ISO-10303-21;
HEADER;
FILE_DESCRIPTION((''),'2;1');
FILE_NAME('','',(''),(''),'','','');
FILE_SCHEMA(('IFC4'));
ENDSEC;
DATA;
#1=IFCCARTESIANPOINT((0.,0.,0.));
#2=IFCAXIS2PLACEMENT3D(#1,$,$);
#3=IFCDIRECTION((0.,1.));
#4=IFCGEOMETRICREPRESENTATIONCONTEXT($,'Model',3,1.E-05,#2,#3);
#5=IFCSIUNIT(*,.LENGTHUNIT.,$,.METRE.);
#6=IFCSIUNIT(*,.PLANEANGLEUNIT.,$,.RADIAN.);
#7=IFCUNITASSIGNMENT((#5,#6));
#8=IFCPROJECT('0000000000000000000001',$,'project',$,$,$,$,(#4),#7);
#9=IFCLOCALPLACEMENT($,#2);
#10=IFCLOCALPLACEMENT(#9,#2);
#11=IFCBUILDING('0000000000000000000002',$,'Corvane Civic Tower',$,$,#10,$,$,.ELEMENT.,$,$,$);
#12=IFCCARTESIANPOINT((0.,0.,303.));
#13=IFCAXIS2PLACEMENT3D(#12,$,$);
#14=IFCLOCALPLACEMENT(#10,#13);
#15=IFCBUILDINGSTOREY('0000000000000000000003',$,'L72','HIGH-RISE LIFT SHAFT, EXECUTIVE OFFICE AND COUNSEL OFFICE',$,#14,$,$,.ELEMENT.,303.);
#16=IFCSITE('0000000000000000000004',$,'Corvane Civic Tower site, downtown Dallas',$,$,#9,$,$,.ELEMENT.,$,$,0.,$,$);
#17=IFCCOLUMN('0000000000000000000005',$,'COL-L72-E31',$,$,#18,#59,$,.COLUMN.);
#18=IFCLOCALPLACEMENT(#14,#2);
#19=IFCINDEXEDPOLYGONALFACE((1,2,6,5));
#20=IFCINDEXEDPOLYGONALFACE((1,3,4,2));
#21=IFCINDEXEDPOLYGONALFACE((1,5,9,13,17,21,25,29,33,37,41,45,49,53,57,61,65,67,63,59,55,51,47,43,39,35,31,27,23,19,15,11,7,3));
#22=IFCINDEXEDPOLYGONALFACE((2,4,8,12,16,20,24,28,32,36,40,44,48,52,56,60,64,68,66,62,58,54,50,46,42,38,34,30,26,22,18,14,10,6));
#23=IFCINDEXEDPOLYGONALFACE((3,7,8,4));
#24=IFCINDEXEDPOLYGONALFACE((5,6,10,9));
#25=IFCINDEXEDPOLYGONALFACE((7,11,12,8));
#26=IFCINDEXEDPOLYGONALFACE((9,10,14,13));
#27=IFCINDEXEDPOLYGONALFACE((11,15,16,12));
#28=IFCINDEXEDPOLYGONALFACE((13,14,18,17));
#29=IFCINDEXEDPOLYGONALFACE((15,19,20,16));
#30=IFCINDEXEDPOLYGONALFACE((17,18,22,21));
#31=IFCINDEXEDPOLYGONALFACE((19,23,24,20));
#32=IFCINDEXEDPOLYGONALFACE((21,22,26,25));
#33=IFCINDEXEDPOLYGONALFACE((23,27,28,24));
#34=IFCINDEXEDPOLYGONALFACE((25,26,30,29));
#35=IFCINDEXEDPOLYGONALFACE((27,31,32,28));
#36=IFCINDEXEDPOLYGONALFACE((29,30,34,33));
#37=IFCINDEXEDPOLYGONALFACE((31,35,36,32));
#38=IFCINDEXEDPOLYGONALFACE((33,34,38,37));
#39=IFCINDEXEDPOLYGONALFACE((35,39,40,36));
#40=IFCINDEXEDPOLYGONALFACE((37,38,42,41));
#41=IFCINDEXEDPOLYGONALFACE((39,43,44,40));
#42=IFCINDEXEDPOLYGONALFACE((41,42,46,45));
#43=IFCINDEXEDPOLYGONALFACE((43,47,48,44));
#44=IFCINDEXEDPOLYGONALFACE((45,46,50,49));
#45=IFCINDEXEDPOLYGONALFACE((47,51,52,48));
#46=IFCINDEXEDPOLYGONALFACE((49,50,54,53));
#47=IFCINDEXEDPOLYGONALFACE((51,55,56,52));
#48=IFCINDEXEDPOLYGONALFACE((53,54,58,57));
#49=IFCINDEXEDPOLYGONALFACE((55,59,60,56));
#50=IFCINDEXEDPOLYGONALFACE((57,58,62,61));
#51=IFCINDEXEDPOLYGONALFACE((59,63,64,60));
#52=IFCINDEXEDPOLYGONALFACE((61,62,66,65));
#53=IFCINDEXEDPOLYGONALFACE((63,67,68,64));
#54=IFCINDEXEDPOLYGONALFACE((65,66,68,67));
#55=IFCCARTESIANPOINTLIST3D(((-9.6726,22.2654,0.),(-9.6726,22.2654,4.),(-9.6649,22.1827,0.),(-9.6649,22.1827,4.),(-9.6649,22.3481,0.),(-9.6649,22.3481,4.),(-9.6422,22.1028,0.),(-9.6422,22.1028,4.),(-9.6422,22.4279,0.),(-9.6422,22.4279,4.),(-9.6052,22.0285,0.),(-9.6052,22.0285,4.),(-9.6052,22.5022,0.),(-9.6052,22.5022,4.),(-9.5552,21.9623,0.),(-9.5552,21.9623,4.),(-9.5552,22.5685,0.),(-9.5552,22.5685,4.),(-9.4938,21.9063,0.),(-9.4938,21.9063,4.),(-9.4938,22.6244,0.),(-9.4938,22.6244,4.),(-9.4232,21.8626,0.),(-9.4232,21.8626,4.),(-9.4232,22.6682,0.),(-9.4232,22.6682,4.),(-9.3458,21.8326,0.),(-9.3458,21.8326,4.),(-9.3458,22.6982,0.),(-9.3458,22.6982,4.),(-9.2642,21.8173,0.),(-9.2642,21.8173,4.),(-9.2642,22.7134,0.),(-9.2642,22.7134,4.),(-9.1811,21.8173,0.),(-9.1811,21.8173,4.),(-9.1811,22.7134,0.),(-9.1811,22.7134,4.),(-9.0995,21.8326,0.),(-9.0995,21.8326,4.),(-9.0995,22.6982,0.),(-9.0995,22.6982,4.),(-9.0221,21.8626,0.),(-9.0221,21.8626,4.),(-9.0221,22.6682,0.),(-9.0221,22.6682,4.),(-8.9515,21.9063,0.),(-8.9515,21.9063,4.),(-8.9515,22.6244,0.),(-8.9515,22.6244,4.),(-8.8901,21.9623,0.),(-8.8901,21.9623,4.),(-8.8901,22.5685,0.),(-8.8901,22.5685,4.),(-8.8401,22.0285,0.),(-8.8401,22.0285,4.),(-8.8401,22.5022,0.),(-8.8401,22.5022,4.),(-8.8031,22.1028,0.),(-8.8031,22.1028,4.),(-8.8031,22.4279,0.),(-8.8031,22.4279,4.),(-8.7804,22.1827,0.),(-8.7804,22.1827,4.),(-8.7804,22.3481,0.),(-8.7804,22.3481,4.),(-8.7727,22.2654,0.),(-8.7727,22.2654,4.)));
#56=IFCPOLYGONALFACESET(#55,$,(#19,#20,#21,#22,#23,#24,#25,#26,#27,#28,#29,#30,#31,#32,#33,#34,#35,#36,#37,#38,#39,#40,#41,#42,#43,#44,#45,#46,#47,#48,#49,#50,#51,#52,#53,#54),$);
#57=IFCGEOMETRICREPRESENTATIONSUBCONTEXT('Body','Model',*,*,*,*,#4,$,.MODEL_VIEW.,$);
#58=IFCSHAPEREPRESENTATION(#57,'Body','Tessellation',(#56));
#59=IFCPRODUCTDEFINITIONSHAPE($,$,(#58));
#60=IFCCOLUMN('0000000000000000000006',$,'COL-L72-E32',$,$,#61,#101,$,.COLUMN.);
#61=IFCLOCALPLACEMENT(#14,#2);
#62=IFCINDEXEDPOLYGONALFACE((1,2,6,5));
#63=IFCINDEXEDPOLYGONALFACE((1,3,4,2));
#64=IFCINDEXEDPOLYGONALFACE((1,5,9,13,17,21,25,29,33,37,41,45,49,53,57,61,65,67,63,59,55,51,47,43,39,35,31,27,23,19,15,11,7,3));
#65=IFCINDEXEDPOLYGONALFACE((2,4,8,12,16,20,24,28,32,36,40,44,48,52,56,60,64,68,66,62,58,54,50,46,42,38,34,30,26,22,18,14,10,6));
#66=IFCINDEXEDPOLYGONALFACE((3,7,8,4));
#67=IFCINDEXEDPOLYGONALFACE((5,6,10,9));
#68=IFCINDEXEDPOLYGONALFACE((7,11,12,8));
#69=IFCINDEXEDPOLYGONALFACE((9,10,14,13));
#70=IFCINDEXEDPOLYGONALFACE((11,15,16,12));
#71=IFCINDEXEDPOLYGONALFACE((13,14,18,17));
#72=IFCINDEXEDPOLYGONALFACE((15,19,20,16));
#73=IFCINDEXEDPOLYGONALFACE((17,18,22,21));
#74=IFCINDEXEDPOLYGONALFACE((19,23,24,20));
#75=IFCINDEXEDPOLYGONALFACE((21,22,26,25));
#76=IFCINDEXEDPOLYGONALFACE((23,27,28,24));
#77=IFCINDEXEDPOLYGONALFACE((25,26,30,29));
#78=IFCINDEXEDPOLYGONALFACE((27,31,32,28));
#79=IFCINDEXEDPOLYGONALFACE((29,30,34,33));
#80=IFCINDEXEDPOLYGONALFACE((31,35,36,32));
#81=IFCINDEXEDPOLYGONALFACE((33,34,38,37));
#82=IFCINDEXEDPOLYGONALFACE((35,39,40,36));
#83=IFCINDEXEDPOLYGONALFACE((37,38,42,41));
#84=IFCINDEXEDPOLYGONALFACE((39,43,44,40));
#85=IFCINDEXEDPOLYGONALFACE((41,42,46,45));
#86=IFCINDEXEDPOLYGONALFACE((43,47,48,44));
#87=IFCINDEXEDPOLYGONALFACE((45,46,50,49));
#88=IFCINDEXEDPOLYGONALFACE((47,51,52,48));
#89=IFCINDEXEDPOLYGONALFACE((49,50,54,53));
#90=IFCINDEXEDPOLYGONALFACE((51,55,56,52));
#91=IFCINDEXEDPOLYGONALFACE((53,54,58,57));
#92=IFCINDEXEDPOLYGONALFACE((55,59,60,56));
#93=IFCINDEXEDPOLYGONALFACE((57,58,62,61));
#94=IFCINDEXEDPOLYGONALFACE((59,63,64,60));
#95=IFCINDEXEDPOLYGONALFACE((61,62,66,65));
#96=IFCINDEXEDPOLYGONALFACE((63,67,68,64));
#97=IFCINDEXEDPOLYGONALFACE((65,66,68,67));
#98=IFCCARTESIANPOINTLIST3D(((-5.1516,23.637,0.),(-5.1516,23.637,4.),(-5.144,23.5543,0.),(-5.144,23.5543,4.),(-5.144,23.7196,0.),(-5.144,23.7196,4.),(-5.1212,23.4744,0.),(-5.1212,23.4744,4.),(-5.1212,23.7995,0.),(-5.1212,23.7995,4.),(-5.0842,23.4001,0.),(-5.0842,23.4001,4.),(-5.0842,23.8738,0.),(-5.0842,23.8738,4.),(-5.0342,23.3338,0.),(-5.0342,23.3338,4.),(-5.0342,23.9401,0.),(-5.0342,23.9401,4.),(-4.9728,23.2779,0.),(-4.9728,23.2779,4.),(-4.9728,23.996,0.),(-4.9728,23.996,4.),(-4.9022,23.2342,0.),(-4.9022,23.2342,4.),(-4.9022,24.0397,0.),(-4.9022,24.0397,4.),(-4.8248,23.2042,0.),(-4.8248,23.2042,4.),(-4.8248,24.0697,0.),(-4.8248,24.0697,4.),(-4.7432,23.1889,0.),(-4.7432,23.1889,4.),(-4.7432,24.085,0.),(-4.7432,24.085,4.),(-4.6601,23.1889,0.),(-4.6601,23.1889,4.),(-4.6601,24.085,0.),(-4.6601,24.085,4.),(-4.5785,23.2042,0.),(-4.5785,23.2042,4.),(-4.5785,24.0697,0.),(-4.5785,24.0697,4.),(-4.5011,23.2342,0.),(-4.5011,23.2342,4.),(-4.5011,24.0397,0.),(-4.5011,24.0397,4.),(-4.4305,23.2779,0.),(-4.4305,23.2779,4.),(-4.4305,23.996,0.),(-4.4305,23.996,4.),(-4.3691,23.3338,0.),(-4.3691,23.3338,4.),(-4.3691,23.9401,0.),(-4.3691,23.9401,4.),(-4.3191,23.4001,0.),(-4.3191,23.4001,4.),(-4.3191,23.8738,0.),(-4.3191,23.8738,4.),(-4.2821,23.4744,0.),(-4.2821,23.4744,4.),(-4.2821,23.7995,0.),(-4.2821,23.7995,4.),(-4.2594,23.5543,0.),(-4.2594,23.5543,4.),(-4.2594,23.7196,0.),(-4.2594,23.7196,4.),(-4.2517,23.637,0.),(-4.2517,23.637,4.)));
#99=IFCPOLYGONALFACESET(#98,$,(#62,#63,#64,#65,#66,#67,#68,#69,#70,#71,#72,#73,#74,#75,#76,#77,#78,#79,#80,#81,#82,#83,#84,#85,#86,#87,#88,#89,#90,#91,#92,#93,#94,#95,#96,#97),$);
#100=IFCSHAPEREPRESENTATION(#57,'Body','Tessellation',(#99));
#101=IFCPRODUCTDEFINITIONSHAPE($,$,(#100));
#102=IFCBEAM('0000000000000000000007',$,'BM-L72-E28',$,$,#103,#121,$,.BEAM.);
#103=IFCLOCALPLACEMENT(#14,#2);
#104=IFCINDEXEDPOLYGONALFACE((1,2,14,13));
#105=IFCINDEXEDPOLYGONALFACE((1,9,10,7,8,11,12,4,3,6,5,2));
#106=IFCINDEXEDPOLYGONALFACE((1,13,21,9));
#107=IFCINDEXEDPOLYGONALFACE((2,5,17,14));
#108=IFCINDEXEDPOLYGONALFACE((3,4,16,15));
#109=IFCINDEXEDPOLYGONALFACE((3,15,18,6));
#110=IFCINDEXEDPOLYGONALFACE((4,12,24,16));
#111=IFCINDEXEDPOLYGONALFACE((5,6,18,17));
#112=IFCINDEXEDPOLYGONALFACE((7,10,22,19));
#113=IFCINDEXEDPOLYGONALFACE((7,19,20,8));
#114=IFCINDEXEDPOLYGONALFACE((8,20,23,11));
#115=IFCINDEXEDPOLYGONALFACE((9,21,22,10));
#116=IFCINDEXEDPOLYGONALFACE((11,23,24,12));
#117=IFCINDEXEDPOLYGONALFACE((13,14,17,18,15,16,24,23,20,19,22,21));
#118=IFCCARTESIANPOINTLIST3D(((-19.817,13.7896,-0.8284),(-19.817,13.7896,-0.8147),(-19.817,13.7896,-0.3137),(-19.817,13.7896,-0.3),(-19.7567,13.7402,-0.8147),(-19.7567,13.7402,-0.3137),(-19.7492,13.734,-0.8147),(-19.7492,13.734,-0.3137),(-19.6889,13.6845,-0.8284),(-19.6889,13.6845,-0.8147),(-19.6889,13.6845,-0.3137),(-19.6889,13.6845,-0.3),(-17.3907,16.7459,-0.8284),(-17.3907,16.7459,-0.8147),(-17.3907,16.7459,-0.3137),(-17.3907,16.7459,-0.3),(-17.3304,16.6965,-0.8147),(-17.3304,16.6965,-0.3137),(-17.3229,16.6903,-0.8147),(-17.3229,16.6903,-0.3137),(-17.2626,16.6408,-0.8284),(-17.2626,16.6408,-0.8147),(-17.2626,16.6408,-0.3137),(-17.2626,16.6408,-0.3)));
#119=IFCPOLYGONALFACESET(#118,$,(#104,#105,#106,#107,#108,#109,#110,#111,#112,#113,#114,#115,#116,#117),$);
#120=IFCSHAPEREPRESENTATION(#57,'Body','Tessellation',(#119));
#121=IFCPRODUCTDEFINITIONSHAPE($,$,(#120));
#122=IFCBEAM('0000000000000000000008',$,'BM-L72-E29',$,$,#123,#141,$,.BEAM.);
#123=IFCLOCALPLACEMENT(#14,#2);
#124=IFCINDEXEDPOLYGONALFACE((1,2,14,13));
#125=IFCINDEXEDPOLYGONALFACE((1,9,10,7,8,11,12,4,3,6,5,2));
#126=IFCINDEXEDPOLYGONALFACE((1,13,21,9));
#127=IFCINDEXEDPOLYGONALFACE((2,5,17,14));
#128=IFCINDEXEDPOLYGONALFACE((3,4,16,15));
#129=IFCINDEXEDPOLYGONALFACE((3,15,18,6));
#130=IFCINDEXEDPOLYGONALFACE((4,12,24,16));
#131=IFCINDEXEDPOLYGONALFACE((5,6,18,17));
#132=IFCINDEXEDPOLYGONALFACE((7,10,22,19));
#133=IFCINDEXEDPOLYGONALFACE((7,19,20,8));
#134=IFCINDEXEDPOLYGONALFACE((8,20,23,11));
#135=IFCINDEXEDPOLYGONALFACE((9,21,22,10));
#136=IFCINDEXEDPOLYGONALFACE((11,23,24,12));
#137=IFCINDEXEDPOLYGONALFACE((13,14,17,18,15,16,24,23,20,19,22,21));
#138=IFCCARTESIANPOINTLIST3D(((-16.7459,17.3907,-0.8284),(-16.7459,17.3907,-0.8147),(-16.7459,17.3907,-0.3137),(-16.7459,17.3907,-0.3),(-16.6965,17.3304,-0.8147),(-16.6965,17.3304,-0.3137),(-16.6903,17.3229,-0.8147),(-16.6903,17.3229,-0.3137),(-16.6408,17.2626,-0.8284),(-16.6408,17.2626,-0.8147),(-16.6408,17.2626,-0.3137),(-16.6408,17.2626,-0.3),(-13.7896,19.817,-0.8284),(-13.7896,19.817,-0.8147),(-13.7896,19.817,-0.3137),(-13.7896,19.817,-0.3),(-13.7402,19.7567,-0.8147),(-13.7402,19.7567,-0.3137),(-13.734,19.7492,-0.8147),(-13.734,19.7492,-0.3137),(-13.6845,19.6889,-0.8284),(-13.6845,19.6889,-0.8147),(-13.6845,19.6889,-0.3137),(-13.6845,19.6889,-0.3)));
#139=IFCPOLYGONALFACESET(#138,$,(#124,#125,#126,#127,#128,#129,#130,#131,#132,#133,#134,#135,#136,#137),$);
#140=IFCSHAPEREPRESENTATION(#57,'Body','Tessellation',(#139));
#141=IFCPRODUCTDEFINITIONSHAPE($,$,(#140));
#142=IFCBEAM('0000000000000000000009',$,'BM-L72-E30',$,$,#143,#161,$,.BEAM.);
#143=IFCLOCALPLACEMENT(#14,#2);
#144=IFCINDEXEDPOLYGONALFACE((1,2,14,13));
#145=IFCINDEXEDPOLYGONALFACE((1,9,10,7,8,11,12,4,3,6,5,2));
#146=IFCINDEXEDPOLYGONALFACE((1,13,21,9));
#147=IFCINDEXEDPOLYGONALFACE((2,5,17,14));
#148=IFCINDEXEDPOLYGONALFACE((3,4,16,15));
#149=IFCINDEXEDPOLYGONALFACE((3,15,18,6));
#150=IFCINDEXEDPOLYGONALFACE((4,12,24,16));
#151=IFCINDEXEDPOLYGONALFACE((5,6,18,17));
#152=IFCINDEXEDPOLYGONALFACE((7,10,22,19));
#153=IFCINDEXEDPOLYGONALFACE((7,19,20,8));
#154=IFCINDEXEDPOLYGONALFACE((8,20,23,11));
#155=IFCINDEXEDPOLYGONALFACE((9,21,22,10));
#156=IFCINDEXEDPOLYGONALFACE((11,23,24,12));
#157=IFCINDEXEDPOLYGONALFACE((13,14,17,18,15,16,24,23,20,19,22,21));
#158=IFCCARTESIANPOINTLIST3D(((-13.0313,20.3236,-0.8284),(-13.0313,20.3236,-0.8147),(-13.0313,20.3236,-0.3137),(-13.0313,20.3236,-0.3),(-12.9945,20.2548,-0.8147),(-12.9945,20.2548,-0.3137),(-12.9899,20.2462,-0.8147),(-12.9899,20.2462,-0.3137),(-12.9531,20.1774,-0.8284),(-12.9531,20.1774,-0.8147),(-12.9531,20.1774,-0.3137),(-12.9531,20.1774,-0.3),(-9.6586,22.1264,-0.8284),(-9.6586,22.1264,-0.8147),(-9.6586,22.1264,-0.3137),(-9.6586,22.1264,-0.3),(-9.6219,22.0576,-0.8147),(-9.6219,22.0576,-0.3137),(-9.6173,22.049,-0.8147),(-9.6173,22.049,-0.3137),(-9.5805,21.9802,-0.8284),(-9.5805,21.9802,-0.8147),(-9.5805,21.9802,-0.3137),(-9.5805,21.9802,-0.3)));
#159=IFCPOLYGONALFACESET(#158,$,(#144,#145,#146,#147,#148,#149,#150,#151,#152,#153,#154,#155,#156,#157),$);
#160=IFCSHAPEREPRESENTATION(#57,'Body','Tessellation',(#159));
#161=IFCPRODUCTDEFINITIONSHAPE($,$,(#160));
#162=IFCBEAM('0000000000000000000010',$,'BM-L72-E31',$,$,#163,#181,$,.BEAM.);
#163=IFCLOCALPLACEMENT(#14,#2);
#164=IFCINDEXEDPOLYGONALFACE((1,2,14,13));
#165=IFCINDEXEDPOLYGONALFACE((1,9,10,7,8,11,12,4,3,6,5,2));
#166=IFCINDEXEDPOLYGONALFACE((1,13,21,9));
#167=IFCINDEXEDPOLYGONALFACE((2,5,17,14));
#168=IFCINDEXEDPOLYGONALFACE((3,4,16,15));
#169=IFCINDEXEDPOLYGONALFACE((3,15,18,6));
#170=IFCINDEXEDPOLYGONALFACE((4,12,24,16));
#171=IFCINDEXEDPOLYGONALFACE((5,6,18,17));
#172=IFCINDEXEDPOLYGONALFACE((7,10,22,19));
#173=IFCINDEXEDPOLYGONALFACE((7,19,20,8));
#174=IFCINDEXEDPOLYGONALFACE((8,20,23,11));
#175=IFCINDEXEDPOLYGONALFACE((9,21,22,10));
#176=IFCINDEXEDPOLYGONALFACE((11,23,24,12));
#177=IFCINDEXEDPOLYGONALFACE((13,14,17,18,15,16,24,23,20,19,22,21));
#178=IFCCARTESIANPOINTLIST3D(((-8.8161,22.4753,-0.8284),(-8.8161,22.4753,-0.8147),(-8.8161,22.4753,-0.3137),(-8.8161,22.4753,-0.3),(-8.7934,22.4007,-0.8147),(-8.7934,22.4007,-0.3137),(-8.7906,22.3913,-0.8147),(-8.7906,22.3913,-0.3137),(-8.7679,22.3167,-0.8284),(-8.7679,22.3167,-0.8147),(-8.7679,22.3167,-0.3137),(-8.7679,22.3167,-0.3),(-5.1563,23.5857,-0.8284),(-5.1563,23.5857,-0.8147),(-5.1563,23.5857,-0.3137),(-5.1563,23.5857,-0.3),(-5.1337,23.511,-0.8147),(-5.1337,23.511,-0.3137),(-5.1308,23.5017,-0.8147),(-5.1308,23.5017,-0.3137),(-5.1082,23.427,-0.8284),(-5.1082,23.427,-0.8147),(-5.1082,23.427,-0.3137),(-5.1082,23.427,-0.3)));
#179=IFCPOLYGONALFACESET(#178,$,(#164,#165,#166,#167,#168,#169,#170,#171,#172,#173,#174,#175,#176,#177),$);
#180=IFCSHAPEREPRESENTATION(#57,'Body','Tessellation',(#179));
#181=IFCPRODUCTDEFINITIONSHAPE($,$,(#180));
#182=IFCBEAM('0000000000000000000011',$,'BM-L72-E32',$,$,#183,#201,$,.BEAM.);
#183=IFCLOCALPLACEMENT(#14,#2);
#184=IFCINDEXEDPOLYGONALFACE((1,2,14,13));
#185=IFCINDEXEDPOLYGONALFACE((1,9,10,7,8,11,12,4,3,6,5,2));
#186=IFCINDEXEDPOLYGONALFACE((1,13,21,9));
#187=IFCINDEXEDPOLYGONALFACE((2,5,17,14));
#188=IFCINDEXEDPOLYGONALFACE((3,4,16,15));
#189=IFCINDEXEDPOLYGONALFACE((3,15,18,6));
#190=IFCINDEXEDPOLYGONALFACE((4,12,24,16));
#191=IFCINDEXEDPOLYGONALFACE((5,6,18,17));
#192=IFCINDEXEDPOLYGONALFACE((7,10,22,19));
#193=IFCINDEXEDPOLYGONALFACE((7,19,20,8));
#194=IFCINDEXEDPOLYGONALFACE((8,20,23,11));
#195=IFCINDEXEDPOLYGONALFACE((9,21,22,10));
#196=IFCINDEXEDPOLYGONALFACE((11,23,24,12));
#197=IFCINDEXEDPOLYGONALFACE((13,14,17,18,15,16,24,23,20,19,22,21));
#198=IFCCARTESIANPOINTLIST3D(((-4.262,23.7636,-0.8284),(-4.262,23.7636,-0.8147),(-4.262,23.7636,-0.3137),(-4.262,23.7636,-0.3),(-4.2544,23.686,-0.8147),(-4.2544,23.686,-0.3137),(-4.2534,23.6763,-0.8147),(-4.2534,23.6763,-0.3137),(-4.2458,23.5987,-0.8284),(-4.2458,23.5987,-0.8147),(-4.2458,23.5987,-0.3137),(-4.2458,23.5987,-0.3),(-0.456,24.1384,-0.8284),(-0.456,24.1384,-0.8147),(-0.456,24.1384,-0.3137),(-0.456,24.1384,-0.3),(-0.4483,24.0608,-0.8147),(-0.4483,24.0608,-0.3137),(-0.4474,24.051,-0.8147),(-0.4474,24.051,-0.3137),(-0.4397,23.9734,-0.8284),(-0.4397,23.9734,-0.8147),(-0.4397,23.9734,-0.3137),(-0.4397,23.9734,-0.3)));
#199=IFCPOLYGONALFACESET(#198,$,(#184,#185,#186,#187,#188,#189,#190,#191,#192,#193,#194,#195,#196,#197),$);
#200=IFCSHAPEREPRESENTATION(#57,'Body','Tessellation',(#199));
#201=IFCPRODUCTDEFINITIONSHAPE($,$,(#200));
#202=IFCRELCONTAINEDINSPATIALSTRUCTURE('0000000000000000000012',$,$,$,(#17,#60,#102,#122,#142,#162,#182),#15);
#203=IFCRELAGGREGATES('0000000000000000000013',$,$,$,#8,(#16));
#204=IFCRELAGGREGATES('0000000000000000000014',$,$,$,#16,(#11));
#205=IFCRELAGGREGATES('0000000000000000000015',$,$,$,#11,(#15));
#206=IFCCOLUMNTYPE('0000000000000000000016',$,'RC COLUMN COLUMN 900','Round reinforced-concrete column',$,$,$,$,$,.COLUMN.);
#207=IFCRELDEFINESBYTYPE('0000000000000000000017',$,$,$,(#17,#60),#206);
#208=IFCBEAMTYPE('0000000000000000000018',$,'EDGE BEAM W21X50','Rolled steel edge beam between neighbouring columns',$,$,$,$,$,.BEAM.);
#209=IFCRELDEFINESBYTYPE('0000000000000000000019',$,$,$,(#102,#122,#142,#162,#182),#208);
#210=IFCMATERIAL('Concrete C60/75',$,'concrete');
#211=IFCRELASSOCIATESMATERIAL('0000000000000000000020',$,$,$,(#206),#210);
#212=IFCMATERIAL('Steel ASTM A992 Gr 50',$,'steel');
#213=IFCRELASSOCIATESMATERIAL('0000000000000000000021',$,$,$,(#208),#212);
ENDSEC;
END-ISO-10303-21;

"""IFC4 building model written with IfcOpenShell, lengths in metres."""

from ifc_helpers import new_model, si_unit, direction, frame, origin, origin_2d, place, context, subcontext, project, spatial, circle, i_section, extrude, material, material_profile, profile_set, type_object, element, save


model = new_model("IFC4")

# Units and contexts
model_context = context("Model", 3, precision=1e-05, world=origin(), true_north=direction((0.0, 1.0)))
body_context = subcontext(model_context, "Body", "Model", "MODEL_VIEW")
ifc_project = project(units=[si_unit("LENGTHUNIT", "METRE"), si_unit("PLANEANGLEUNIT", "RADIAN")], contexts=[model_context])

# Site, building, storey
site_placement = place(None, origin())
site = spatial("IfcSite", under=ifc_project, at=site_placement, Name="Corvane Civic Tower site, downtown Dallas", CompositionType="ELEMENT", RefElevation=0.0)
building_placement = place(site_placement, origin())
building = spatial("IfcBuilding", under=site, at=building_placement, Name="Corvane Civic Tower", CompositionType="ELEMENT")
storey_placement = place(building_placement, frame((0.0, 0.0, 303.0)))
storey = spatial("IfcBuildingStorey", under=building, at=storey_placement, Name="L72", Description="HIGH-RISE LIFT SHAFT, EXECUTIVE OFFICE AND COUNSEL OFFICE", CompositionType="ELEMENT", Elevation=303.0)

# Columns
ifc_material_1 = material(Name="Concrete C60/75", Category="concrete")
ifc_material_profile_1 = material_profile(ifc_material_1, circle(Radius=0.45, at=origin_2d()), Name="COLUMN 900")
ifc_profile_set_1 = profile_set([ifc_material_profile_1], Name="Concrete C60/75")
column_type = type_object("IfcColumnType", Name="RC COLUMN COLUMN 900", Description="Round reinforced-concrete column", PredefinedType="COLUMN", material=ifc_profile_set_1)
for number, where, z_axis, x_axis, name in (
    (1, (-9.2227, 22.2654, 0.0), (0.0, 0.0, 1.0), (1.0, 0.0, 0.0), "COL-L72-E31"),
    (2, (-4.7017, 23.637, 0.0), (0.0, 0.0, 1.0), (1.0, 0.0, 0.0), "COL-L72-E32"),
):
    element("IfcColumn", number, at=place(storey_placement, frame(where, z_axis=z_axis, x_axis=x_axis)), inside=storey, type_object=column_type, Name=name, PredefinedType="COLUMN", context=body_context, shape_type="SweptSolid", body=[
        extrude(circle(Radius=0.45, at=origin_2d()), origin(), (0.0, 0.0, 1.0), 4.0),
    ])

# Beams
ifc_material_2 = material(Name="Steel ASTM A992 Gr 50", Category="steel")
ifc_material_profile_2 = material_profile(ifc_material_2, i_section(OverallWidth=0.1658, OverallDepth=0.5283, WebThickness=0.0098, FlangeThickness=0.0137, at=origin_2d()), Name="W21X50")
ifc_profile_set_2 = profile_set([ifc_material_profile_2], Name="Steel ASTM A992 Gr 50")
beam_type_1 = type_object("IfcBeamType", Name="EDGE BEAM W21X50", Description="Rolled steel edge beam between neighbouring columns", PredefinedType="BEAM", material=ifc_profile_set_2)
for number, where, z_axis, x_axis, name in (
    (3, (-19.7529, 13.7371, -0.5642), (0.634409, 0.772998, 0.0), (-0.772998, 0.634409, 0.0), "BM-L72-E28"),
    (4, (-16.6934, 17.3267, -0.5642), (0.772998, 0.634409, 0.0), (-0.634409, 0.772998, 0.0), "BM-L72-E29"),
):
    element("IfcBeam", number, at=place(storey_placement, frame(where, z_axis=z_axis, x_axis=x_axis)), inside=storey, type_object=beam_type_1, Name=name, PredefinedType="BEAM", context=body_context, shape_type="SweptSolid", body=[
        extrude(i_section(OverallWidth=0.1658, OverallDepth=0.5283, WebThickness=0.0098, FlangeThickness=0.0137, at=origin_2d()), origin(), (0.0, 0.0, 1.0), 3.8245),
    ])
beam_1_placement = place(storey_placement, frame((-12.9922, 20.2505, -0.5642), z_axis=(0.881914, 0.47141, 0.0), x_axis=(-0.47141, 0.881914, 0.0)))
element("IfcBeam", 5, at=beam_1_placement, inside=storey, type_object=beam_type_1, Name="BM-L72-E30", PredefinedType="BEAM", context=body_context, shape_type="SweptSolid", body=[
    extrude(i_section(OverallWidth=0.1658, OverallDepth=0.5283, WebThickness=0.0098, FlangeThickness=0.0137, at=origin_2d()), origin(), (0.0, 0.0, 1.0), 3.8242),
])
for number, where, z_axis, x_axis, name in (
    (6, (-8.792, 22.396, -0.5642), (0.956926, 0.290333, 0.0), (-0.290333, 0.956926, 0.0), "BM-L72-E31"),
    (7, (-4.2539, 23.6812, -0.5642), (0.995188, 0.097987, 0.0), (-0.097987, 0.995188, 0.0), "BM-L72-E32"),
):
    element("IfcBeam", number, at=place(storey_placement, frame(where, z_axis=z_axis, x_axis=x_axis)), inside=storey, type_object=beam_type_1, Name=name, PredefinedType="BEAM", context=body_context, shape_type="SweptSolid", body=[
        extrude(i_section(OverallWidth=0.1658, OverallDepth=0.5283, WebThickness=0.0098, FlangeThickness=0.0137, at=origin_2d()), origin(), (0.0, 0.0, 1.0), 3.8245),
    ])

save(model, "model.ifc")
